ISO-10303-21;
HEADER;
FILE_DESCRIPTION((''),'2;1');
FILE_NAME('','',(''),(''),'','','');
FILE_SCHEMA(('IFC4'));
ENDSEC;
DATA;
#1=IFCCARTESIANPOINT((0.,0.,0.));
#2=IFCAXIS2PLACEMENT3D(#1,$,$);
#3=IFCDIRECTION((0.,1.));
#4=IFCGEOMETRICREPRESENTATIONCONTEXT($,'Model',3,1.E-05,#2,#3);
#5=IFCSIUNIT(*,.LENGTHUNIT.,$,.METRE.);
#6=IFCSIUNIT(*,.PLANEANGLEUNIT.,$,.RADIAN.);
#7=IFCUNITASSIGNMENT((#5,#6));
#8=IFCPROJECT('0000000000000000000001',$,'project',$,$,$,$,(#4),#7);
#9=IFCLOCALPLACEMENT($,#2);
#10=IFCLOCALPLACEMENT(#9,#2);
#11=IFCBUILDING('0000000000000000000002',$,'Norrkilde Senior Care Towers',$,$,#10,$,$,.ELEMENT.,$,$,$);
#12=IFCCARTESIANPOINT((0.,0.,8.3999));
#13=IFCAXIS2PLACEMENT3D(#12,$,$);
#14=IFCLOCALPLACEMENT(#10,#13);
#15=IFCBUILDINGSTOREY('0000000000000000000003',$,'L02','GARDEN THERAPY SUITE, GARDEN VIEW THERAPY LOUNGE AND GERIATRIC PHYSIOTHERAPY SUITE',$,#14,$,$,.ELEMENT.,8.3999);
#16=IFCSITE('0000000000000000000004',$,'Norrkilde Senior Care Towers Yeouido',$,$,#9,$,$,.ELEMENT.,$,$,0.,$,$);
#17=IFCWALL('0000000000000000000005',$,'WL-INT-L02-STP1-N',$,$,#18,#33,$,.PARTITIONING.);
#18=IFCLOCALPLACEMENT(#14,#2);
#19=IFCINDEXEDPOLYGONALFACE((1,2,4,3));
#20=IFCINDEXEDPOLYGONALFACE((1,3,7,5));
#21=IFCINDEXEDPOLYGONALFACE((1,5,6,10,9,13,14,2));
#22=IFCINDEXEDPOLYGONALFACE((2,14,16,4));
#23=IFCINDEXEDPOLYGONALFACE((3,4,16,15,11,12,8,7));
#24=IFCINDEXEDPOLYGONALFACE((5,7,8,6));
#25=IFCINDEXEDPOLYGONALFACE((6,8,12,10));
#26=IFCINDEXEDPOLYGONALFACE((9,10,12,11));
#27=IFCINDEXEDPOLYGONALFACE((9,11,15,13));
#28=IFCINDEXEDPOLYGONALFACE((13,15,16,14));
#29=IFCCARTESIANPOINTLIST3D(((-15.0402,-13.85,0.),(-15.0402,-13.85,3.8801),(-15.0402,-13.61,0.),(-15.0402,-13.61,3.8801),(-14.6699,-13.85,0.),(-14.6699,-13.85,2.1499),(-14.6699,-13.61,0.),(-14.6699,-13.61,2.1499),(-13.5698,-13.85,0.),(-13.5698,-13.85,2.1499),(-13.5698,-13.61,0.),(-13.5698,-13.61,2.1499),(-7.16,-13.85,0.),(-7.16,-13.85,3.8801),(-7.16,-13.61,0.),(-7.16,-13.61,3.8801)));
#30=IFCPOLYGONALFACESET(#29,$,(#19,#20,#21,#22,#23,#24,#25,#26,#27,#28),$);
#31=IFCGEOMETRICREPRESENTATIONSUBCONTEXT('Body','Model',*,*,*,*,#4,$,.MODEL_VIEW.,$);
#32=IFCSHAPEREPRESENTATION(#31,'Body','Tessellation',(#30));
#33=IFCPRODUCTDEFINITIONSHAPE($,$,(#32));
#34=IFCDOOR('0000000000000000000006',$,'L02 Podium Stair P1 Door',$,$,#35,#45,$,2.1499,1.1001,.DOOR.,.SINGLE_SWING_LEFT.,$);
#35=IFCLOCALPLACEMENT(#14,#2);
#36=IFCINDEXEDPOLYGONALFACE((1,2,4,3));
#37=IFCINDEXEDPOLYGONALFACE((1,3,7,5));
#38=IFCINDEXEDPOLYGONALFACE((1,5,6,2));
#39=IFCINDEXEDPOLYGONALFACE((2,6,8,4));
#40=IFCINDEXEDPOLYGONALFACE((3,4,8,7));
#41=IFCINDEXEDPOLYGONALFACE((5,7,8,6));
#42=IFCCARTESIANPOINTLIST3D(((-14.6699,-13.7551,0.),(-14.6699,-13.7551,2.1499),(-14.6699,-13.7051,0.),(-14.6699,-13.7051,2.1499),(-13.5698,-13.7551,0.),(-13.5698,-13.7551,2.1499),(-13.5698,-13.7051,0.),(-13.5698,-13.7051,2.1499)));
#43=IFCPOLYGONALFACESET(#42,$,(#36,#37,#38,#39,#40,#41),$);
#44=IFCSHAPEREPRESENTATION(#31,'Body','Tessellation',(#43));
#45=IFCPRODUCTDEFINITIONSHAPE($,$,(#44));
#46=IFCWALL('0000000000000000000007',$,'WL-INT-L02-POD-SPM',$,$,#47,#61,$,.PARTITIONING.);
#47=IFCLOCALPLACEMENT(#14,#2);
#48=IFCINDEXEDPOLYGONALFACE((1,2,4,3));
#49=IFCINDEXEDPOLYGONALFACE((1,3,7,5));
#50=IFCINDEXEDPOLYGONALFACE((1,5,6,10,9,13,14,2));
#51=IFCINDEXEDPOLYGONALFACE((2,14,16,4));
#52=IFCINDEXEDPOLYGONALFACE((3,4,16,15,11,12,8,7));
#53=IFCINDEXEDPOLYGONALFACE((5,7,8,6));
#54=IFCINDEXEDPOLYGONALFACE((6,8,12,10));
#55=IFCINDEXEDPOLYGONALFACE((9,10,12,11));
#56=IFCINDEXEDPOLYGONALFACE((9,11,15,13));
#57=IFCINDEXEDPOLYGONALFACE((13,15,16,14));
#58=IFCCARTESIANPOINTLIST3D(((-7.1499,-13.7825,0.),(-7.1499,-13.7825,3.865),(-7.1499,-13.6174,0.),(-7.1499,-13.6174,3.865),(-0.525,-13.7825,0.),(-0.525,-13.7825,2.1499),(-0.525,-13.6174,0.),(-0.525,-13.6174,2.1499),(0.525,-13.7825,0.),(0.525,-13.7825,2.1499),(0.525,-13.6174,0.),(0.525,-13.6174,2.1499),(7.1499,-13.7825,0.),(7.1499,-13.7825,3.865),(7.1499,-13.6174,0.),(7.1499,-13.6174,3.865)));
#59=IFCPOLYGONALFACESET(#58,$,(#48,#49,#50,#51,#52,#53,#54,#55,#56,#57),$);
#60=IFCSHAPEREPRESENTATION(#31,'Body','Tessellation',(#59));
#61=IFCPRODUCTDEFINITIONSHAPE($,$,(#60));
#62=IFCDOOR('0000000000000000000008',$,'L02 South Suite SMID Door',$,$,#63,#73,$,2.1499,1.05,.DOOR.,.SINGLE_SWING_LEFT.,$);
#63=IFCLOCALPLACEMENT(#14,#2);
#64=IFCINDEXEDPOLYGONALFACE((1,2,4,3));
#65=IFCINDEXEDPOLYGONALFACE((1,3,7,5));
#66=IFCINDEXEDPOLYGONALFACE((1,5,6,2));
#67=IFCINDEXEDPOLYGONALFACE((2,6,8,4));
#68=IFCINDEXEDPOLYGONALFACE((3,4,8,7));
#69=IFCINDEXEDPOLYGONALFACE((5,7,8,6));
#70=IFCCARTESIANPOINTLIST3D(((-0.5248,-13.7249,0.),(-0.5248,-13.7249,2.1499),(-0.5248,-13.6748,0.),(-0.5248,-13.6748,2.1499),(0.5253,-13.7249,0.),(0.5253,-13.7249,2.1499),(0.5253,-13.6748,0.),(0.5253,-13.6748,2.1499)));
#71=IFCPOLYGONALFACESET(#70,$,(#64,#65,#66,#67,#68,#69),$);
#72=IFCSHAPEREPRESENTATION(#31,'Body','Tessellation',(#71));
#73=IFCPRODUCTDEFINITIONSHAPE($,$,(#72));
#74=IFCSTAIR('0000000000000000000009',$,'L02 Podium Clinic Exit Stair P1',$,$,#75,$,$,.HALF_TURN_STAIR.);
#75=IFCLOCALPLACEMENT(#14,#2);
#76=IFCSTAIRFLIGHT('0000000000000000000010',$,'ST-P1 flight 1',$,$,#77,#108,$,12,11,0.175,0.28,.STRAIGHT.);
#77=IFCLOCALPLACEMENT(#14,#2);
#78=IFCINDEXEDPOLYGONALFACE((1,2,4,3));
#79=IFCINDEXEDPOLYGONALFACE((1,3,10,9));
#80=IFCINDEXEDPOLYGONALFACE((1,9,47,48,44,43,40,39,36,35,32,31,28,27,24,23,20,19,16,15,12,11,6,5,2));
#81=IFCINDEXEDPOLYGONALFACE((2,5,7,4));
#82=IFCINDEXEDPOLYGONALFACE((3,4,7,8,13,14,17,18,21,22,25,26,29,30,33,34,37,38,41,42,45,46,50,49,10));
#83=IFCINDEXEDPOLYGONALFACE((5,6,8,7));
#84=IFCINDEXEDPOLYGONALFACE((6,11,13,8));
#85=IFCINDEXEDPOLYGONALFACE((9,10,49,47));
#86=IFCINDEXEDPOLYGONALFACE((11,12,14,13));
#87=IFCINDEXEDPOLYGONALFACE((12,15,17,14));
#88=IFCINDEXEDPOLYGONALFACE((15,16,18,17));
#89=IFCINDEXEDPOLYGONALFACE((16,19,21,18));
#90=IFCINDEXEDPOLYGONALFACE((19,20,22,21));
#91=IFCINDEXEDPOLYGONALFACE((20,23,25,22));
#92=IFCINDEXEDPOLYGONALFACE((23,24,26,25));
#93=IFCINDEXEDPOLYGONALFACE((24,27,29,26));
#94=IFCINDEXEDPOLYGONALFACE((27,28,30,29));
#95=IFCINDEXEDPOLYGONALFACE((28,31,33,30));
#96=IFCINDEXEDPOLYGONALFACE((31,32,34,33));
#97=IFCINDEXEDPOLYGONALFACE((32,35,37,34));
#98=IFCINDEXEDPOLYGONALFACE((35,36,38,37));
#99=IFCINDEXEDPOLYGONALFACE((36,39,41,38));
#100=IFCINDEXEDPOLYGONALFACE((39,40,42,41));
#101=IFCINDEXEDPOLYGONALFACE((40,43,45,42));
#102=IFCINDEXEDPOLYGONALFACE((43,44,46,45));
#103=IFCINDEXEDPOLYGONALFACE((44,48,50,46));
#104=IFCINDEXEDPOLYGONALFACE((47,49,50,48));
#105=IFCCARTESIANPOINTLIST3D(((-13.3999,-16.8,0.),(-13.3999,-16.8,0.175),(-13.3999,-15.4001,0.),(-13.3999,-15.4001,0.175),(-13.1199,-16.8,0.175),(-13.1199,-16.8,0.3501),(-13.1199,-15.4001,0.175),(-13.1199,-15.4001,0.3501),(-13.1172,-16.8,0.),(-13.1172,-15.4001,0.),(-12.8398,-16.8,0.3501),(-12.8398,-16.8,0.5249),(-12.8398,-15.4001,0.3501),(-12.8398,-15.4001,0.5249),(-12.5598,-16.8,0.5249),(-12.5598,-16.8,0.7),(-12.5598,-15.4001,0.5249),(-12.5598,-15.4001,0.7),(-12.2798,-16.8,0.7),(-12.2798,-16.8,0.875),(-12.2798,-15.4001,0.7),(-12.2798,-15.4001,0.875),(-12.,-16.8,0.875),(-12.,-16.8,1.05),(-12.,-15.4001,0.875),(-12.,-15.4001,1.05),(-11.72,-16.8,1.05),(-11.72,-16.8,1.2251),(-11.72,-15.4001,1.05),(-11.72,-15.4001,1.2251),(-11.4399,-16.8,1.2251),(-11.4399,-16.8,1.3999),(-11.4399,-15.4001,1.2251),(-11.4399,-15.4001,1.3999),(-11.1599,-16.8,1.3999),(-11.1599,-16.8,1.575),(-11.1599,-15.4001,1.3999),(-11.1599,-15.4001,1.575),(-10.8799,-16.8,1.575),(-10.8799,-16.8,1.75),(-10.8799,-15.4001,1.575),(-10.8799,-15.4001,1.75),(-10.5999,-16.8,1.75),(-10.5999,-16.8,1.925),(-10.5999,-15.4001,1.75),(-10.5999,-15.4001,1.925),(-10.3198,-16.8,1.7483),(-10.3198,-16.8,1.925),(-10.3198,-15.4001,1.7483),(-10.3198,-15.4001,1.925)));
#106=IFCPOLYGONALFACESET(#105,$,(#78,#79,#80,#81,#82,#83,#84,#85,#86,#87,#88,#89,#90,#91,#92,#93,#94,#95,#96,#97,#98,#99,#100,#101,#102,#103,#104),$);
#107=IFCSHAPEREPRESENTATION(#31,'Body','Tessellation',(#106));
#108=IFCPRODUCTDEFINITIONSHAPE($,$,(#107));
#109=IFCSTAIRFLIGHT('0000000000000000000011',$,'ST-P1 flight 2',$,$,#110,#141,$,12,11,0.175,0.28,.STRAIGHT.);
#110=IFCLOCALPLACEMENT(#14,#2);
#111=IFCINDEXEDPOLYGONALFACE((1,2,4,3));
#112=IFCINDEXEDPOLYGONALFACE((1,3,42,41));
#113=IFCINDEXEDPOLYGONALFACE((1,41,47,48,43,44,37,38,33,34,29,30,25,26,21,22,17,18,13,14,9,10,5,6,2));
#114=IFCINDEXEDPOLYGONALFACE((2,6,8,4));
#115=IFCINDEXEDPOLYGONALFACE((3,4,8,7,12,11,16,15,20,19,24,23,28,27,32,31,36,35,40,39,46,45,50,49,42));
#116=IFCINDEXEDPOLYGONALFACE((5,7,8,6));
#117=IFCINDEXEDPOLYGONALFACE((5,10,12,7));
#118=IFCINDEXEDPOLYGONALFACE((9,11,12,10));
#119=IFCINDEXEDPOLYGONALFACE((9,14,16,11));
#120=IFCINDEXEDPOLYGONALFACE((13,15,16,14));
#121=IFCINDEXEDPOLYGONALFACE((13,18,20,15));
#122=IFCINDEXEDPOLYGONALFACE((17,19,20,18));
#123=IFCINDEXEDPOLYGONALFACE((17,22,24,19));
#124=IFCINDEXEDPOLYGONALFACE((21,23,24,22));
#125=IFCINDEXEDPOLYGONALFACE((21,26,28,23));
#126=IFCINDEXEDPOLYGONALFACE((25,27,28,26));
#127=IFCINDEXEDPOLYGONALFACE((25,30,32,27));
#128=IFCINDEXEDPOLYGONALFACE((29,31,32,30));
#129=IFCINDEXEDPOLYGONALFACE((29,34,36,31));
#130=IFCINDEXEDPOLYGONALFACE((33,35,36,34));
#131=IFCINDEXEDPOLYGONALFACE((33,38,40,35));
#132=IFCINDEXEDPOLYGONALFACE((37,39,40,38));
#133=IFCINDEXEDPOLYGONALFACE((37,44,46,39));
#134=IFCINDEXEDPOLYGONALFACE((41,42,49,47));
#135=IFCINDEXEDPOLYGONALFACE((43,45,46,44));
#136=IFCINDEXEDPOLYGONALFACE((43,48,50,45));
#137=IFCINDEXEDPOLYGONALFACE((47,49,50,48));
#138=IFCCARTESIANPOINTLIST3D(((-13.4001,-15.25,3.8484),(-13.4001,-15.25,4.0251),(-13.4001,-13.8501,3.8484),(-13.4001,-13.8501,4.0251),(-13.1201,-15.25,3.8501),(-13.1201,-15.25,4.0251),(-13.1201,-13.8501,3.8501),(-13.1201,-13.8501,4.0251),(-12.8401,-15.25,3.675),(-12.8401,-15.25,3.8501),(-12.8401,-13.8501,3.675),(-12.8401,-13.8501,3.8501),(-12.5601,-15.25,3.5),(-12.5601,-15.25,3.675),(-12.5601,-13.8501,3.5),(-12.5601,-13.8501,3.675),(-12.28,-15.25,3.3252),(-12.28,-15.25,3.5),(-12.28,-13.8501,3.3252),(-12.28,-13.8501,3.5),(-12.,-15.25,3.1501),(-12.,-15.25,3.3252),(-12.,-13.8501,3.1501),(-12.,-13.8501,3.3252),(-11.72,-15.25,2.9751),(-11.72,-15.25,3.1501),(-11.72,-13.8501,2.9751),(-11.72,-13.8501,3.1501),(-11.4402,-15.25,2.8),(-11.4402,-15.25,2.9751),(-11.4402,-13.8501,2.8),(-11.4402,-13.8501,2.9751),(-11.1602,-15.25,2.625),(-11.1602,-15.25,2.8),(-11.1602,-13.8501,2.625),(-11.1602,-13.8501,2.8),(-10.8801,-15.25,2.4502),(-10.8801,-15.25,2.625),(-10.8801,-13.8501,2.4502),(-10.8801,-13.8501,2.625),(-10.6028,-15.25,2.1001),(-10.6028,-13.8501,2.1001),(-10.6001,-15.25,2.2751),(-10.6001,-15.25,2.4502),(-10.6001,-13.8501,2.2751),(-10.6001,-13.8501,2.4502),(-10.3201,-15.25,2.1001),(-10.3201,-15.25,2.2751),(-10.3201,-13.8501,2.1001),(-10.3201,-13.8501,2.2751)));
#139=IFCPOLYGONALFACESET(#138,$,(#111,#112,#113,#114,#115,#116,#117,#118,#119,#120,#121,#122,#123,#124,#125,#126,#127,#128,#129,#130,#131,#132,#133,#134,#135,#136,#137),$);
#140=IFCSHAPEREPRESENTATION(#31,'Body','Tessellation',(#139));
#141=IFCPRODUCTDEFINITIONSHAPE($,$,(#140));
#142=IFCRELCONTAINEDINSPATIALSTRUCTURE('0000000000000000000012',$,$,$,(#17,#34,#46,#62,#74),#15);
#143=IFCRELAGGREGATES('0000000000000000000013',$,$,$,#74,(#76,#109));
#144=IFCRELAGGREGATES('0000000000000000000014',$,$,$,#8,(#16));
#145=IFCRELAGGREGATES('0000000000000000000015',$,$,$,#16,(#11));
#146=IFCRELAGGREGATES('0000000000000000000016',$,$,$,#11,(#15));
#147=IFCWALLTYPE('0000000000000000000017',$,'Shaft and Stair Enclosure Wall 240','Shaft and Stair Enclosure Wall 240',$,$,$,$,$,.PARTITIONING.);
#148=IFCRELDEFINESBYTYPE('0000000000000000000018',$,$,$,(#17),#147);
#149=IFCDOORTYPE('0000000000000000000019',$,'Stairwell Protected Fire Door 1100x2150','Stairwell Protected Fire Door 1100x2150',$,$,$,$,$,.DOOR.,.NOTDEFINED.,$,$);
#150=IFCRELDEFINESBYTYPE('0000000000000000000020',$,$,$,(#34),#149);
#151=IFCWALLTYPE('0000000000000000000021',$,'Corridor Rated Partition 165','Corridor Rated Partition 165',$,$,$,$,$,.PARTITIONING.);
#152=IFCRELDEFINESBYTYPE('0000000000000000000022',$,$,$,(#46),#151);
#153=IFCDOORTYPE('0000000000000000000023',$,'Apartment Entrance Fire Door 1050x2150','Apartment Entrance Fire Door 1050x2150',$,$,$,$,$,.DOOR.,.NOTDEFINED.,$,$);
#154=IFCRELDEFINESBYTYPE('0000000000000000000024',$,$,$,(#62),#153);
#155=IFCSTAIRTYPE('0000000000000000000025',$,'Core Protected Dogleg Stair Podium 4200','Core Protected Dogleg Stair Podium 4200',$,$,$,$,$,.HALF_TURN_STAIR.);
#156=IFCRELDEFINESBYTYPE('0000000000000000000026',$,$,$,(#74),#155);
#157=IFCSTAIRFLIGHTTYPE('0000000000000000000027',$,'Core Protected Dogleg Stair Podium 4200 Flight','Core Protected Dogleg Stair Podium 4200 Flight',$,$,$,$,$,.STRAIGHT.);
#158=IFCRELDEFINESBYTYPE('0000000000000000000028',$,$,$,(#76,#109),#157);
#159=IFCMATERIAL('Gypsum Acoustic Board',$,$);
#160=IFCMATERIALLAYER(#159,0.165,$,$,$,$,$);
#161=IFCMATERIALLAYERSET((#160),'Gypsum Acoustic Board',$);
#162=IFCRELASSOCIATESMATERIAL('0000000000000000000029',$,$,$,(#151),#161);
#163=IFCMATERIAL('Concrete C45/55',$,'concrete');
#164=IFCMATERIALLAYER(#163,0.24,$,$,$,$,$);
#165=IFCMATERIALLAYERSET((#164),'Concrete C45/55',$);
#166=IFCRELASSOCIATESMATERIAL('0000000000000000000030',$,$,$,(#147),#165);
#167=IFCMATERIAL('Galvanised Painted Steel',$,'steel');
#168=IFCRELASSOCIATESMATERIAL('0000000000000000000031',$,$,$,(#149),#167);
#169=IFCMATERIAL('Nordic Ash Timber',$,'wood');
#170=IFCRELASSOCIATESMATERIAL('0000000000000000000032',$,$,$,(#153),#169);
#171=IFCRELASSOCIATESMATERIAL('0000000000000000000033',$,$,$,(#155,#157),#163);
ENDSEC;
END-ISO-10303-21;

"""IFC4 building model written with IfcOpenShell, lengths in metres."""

from ifc_helpers import new_model, si_unit, direction, frame, frame_2d, origin, place, context, subcontext, project, spatial, polyline, rectangle, outline, extrude, source, transform, mapped, material, layer, layer_set, type_object, type_shapes, element, fill, aggregate, save


model = new_model("IFC4")

# Units and contexts
model_context = context("Model", 3, precision=1e-05, world=origin(), true_north=direction((0.0, 1.0)))
body_context = subcontext(model_context, "Body", "Model", "MODEL_VIEW")
ifc_project = project(units=[si_unit("LENGTHUNIT", "METRE"), si_unit("PLANEANGLEUNIT", "RADIAN")], contexts=[model_context])

# Site, building, storey
site_placement = place(None, origin())
site = spatial("IfcSite", under=ifc_project, at=site_placement, Name="Norrkilde Senior Care Towers Yeouido", CompositionType="ELEMENT", RefElevation=0.0)
building_placement = place(site_placement, origin())
building = spatial("IfcBuilding", under=site, at=building_placement, Name="Norrkilde Senior Care Towers", CompositionType="ELEMENT")
storey_placement = place(building_placement, frame((0.0, 0.0, 8.3999)))
storey = spatial("IfcBuildingStorey", under=building, at=storey_placement, Name="L02", Description="GARDEN THERAPY SUITE, GARDEN VIEW THERAPY LOUNGE AND GERIATRIC PHYSIOTHERAPY SUITE", CompositionType="ELEMENT", Elevation=8.3999)

# Shared definitions
ifc_material_1 = material(Name="Concrete C45/55", Category="concrete")

# Shared definitions
ifc_material_2 = material(Name="Gypsum Acoustic Board")
ifc_layer_1 = layer(ifc_material_2, 0.165)
ifc_layer_set_1 = layer_set([ifc_layer_1], Name="Gypsum Acoustic Board")
wall_type_1 = type_object("IfcWallType", Name="Corridor Rated Partition 165", Description="Corridor Rated Partition 165", PredefinedType="PARTITIONING", material=ifc_layer_set_1)

# Shared definitions
ifc_material_3 = material(Name="Nordic Ash Timber", Category="wood")

# Walls, openings, doors
ifc_layer_2 = layer(ifc_material_1, 0.24)
ifc_layer_set_2 = layer_set([ifc_layer_2], Name="Concrete C45/55")
wall_type_2 = type_object("IfcWallType", Name="Shaft and Stair Enclosure Wall 240", Description="Shaft and Stair Enclosure Wall 240", PredefinedType="PARTITIONING", material=ifc_layer_set_2)
shared_shape_1 = source(origin(), body_context, "Body", "SweptSolid", [
    extrude(rectangle(XDim=7.8801, YDim=0.24, at=frame_2d((3.9399, 0.0))), origin(), (0.0, 0.0, 1.0), 3.8801),
])
type_shapes(wall_type_2, [shared_shape_1])
wall_1_placement = place(storey_placement, frame((-15.04, -13.73, 0.0), z_axis=(0.0, 0.0, 1.0), x_axis=(1.0, 0.0, 0.0)))
wall_1 = element("IfcWall", 1, at=wall_1_placement, inside=storey, type_object=wall_type_2, Name="WL-INT-L02-STP1-N", PredefinedType="PARTITIONING", context=body_context, shape_type="MappedRepresentation", body=[
    mapped(shared_shape_1, transform((0.0, 0.0, 0.0), x_axis=(1.0, 0.0, 0.0), y_axis=(0.0, 1.0, 0.0), z_axis=(0.0, 0.0, 1.0), scale=1.0)),
])
opening_1_placement = place(wall_1_placement, frame((0.3701, 0.0, 0.0)))
opening_1 = element("IfcOpeningElement", 2, at=opening_1_placement, cuts=wall_1, PredefinedType="OPENING", context=body_context, shape_type="SweptSolid", body=[
    extrude(rectangle(XDim=1.1001, YDim=2.1499, at=frame_2d((0.55, 1.075))), frame((0.0, 0.1299, 0.0), z_axis=(0.0, -1.0, 0.0), x_axis=(1.0, 0.0, 0.0)), (0.0, 0.0, 1.0), 0.26),
])
ifc_material_4 = material(Name="Galvanised Painted Steel", Category="steel")
door_type_1 = type_object("IfcDoorType", Name="Stairwell Protected Fire Door 1100x2150", Description="Stairwell Protected Fire Door 1100x2150", OperationType="NOTDEFINED", PredefinedType="DOOR", material=ifc_material_4)
shared_shape_2 = source(origin(), body_context, "Body", "SweptSolid", [
    extrude(rectangle(XDim=1.1001, YDim=2.1499, at=frame_2d((0.55, 1.075))), frame((0.0, 0.0249, 0.0), z_axis=(0.0, -1.0, 0.0), x_axis=(1.0, 0.0, 0.0)), (0.0, 0.0, 1.0), 0.05),
])
type_shapes(door_type_1, [shared_shape_2])
door_1_placement = place(opening_1_placement, origin())
door_1 = element("IfcDoor", 3, at=door_1_placement, inside=storey, type_object=door_type_1, Name="L02 Podium Stair P1 Door", OperationType="SINGLE_SWING_LEFT", OverallHeight=2.1499, OverallWidth=1.1001, PredefinedType="DOOR", context=body_context, shape_type="MappedRepresentation", body=[
    mapped(shared_shape_2, transform((0.0, 0.0, 0.0), x_axis=(1.0, 0.0, 0.0), y_axis=(0.0, 1.0, 0.0), z_axis=(0.0, 0.0, 1.0), scale=1.0)),
])
fill(opening_1, door_1)
shared_shape_3 = source(origin(), body_context, "Body", "SweptSolid", [
    extrude(rectangle(XDim=14.2998, YDim=0.165, at=frame_2d((7.1499, 0.0))), origin(), (0.0, 0.0, 1.0), 3.865),
])
wall_2_placement = place(storey_placement, frame((-7.1499, -13.7, 0.0), z_axis=(0.0, 0.0, 1.0), x_axis=(1.0, 0.0, 0.0)))
wall_2 = element("IfcWall", 4, at=wall_2_placement, inside=storey, type_object=wall_type_1, Name="WL-INT-L02-POD-SPM", PredefinedType="PARTITIONING", context=body_context, shape_type="MappedRepresentation", body=[
    mapped(shared_shape_3, transform((0.0, 0.0, 0.0), x_axis=(1.0, 0.0, 0.0), y_axis=(0.0, 1.0, 0.0), z_axis=(0.0, 0.0, 1.0), scale=1.0)),
])
opening_2_placement = place(wall_2_placement, frame((6.625, 0.0, 0.0)))
opening_2 = element("IfcOpeningElement", 5, at=opening_2_placement, cuts=wall_2, PredefinedType="OPENING", context=body_context, shape_type="SweptSolid", body=[
    extrude(rectangle(XDim=1.05, YDim=2.1499, at=frame_2d((0.5249, 1.075))), frame((0.0, 0.0925, 0.0), z_axis=(0.0, -1.0, 0.0), x_axis=(1.0, 0.0, 0.0)), (0.0, 0.0, 1.0), 0.1851),
])
door_type_2 = type_object("IfcDoorType", Name="Apartment Entrance Fire Door 1050x2150", Description="Apartment Entrance Fire Door 1050x2150", OperationType="NOTDEFINED", PredefinedType="DOOR", material=ifc_material_3)
shared_shape_4 = source(origin(), body_context, "Body", "SweptSolid", [
    extrude(rectangle(XDim=1.05, YDim=2.1499, at=frame_2d((0.5249, 1.075))), frame((0.0, 0.0249, 0.0), z_axis=(0.0, -1.0, 0.0), x_axis=(1.0, 0.0, 0.0)), (0.0, 0.0, 1.0), 0.05),
])
type_shapes(door_type_2, [shared_shape_4])
door_2_placement = place(opening_2_placement, frame((1.05, 0.0, 0.0), z_axis=(0.0, 0.0, 1.0), x_axis=(-1.0, 0.0, 0.0)))
door_2 = element("IfcDoor", 6, at=door_2_placement, inside=storey, type_object=door_type_2, Name="L02 South Suite SMID Door", OperationType="SINGLE_SWING_LEFT", OverallHeight=2.1499, OverallWidth=1.05, PredefinedType="DOOR", context=body_context, shape_type="MappedRepresentation", body=[
    mapped(shared_shape_4, transform((0.0, 0.0, 0.0), x_axis=(1.0, 0.0, 0.0), y_axis=(0.0, 1.0, 0.0), z_axis=(0.0, 0.0, 1.0), scale=1.0)),
])
fill(opening_2, door_2)

# Stair, stair flights
stair_type = type_object("IfcStairType", Name="Core Protected Dogleg Stair Podium 4200", Description="Core Protected Dogleg Stair Podium 4200", PredefinedType="HALF_TURN_STAIR", material=ifc_material_1)
stair_placement = place(storey_placement, origin())
stair = element("IfcStair", 7, at=stair_placement, inside=storey, type_object=stair_type, Name="L02 Podium Clinic Exit Stair P1", PredefinedType="HALF_TURN_STAIR")
stair_flight_type = type_object("IfcStairFlightType", Name="Core Protected Dogleg Stair Podium 4200 Flight", Description="Core Protected Dogleg Stair Podium 4200 Flight", PredefinedType="STRAIGHT", material=ifc_material_1)
stair_flight_1_placement = place(storey_placement, frame((-13.3999, -16.1001, 0.0), z_axis=(0.0, 0.0, 1.0), x_axis=(1.0, 0.0, 0.0)))
stair_flight_1 = element("IfcStairFlight", 8, at=stair_flight_1_placement, type_object=stair_flight_type, Name="ST-P1 flight 1", NumberOfRisers=12, NumberOfTreads=11, PredefinedType="STRAIGHT", RiserHeight=0.175, TreadLength=0.28, context=body_context, shape_type="SweptSolid", body=[
    extrude(outline(polyline([(0.0, 0.0), (0.0, 0.175), (0.28, 0.175), (0.28, 0.3501), (0.5601, 0.3501), (0.5601, 0.5249), (0.8401, 0.5249), (0.8401, 0.7), (1.1201, 0.7), (1.1201, 0.875), (1.3999, 0.875), (1.3999, 1.05), (1.6799, 1.05), (1.6799, 1.2251), (1.96, 1.2251), (1.96, 1.3999), (2.24, 1.3999), (2.24, 1.575), (2.52, 1.575), (2.52, 1.75), (2.8, 1.75), (2.8, 1.925), (3.0801, 1.925), (3.0801, 2.1001), (3.0801, 1.7483), (0.2827, 0.0), (0.0, 0.0)])), frame((0.0, 0.7, 0.0), z_axis=(0.0, -1.0, 0.0), x_axis=(1.0, 0.0, 0.0)), (0.0, 0.0, 1.0), 1.3999),
])
stair_flight_2_placement = place(storey_placement, frame((-10.3201, -14.55, 2.1001), z_axis=(0.0, 0.0, 1.0), x_axis=(-1.0, 0.0, 0.0)))
stair_flight_2 = element("IfcStairFlight", 9, at=stair_flight_2_placement, type_object=stair_flight_type, Name="ST-P1 flight 2", NumberOfRisers=12, NumberOfTreads=11, PredefinedType="STRAIGHT", RiserHeight=0.175, TreadLength=0.28, context=body_context, shape_type="SweptSolid", body=[
    extrude(outline(polyline([(0.0, 0.0), (0.0, 0.175), (0.28, 0.175), (0.28, 0.3501), (0.5601, 0.3501), (0.5601, 0.5249), (0.8401, 0.5249), (0.8401, 0.7), (1.1201, 0.7), (1.1201, 0.875), (1.3999, 0.875), (1.3999, 1.05), (1.6799, 1.05), (1.6799, 1.2251), (1.96, 1.2251), (1.96, 1.3999), (2.24, 1.3999), (2.24, 1.575), (2.52, 1.575), (2.52, 1.75), (2.8, 1.75), (2.8, 1.925), (3.0801, 1.925), (3.0801, 2.1001), (3.0801, 1.7483), (0.2827, 0.0), (0.0, 0.0)])), frame((0.0, 0.7, 0.0), z_axis=(0.0, -1.0, 0.0), x_axis=(1.0, 0.0, 0.0)), (0.0, 0.0, 1.0), 1.3999),
])
aggregate(stair, [stair_flight_1, stair_flight_2])

save(model, "model.ifc")
